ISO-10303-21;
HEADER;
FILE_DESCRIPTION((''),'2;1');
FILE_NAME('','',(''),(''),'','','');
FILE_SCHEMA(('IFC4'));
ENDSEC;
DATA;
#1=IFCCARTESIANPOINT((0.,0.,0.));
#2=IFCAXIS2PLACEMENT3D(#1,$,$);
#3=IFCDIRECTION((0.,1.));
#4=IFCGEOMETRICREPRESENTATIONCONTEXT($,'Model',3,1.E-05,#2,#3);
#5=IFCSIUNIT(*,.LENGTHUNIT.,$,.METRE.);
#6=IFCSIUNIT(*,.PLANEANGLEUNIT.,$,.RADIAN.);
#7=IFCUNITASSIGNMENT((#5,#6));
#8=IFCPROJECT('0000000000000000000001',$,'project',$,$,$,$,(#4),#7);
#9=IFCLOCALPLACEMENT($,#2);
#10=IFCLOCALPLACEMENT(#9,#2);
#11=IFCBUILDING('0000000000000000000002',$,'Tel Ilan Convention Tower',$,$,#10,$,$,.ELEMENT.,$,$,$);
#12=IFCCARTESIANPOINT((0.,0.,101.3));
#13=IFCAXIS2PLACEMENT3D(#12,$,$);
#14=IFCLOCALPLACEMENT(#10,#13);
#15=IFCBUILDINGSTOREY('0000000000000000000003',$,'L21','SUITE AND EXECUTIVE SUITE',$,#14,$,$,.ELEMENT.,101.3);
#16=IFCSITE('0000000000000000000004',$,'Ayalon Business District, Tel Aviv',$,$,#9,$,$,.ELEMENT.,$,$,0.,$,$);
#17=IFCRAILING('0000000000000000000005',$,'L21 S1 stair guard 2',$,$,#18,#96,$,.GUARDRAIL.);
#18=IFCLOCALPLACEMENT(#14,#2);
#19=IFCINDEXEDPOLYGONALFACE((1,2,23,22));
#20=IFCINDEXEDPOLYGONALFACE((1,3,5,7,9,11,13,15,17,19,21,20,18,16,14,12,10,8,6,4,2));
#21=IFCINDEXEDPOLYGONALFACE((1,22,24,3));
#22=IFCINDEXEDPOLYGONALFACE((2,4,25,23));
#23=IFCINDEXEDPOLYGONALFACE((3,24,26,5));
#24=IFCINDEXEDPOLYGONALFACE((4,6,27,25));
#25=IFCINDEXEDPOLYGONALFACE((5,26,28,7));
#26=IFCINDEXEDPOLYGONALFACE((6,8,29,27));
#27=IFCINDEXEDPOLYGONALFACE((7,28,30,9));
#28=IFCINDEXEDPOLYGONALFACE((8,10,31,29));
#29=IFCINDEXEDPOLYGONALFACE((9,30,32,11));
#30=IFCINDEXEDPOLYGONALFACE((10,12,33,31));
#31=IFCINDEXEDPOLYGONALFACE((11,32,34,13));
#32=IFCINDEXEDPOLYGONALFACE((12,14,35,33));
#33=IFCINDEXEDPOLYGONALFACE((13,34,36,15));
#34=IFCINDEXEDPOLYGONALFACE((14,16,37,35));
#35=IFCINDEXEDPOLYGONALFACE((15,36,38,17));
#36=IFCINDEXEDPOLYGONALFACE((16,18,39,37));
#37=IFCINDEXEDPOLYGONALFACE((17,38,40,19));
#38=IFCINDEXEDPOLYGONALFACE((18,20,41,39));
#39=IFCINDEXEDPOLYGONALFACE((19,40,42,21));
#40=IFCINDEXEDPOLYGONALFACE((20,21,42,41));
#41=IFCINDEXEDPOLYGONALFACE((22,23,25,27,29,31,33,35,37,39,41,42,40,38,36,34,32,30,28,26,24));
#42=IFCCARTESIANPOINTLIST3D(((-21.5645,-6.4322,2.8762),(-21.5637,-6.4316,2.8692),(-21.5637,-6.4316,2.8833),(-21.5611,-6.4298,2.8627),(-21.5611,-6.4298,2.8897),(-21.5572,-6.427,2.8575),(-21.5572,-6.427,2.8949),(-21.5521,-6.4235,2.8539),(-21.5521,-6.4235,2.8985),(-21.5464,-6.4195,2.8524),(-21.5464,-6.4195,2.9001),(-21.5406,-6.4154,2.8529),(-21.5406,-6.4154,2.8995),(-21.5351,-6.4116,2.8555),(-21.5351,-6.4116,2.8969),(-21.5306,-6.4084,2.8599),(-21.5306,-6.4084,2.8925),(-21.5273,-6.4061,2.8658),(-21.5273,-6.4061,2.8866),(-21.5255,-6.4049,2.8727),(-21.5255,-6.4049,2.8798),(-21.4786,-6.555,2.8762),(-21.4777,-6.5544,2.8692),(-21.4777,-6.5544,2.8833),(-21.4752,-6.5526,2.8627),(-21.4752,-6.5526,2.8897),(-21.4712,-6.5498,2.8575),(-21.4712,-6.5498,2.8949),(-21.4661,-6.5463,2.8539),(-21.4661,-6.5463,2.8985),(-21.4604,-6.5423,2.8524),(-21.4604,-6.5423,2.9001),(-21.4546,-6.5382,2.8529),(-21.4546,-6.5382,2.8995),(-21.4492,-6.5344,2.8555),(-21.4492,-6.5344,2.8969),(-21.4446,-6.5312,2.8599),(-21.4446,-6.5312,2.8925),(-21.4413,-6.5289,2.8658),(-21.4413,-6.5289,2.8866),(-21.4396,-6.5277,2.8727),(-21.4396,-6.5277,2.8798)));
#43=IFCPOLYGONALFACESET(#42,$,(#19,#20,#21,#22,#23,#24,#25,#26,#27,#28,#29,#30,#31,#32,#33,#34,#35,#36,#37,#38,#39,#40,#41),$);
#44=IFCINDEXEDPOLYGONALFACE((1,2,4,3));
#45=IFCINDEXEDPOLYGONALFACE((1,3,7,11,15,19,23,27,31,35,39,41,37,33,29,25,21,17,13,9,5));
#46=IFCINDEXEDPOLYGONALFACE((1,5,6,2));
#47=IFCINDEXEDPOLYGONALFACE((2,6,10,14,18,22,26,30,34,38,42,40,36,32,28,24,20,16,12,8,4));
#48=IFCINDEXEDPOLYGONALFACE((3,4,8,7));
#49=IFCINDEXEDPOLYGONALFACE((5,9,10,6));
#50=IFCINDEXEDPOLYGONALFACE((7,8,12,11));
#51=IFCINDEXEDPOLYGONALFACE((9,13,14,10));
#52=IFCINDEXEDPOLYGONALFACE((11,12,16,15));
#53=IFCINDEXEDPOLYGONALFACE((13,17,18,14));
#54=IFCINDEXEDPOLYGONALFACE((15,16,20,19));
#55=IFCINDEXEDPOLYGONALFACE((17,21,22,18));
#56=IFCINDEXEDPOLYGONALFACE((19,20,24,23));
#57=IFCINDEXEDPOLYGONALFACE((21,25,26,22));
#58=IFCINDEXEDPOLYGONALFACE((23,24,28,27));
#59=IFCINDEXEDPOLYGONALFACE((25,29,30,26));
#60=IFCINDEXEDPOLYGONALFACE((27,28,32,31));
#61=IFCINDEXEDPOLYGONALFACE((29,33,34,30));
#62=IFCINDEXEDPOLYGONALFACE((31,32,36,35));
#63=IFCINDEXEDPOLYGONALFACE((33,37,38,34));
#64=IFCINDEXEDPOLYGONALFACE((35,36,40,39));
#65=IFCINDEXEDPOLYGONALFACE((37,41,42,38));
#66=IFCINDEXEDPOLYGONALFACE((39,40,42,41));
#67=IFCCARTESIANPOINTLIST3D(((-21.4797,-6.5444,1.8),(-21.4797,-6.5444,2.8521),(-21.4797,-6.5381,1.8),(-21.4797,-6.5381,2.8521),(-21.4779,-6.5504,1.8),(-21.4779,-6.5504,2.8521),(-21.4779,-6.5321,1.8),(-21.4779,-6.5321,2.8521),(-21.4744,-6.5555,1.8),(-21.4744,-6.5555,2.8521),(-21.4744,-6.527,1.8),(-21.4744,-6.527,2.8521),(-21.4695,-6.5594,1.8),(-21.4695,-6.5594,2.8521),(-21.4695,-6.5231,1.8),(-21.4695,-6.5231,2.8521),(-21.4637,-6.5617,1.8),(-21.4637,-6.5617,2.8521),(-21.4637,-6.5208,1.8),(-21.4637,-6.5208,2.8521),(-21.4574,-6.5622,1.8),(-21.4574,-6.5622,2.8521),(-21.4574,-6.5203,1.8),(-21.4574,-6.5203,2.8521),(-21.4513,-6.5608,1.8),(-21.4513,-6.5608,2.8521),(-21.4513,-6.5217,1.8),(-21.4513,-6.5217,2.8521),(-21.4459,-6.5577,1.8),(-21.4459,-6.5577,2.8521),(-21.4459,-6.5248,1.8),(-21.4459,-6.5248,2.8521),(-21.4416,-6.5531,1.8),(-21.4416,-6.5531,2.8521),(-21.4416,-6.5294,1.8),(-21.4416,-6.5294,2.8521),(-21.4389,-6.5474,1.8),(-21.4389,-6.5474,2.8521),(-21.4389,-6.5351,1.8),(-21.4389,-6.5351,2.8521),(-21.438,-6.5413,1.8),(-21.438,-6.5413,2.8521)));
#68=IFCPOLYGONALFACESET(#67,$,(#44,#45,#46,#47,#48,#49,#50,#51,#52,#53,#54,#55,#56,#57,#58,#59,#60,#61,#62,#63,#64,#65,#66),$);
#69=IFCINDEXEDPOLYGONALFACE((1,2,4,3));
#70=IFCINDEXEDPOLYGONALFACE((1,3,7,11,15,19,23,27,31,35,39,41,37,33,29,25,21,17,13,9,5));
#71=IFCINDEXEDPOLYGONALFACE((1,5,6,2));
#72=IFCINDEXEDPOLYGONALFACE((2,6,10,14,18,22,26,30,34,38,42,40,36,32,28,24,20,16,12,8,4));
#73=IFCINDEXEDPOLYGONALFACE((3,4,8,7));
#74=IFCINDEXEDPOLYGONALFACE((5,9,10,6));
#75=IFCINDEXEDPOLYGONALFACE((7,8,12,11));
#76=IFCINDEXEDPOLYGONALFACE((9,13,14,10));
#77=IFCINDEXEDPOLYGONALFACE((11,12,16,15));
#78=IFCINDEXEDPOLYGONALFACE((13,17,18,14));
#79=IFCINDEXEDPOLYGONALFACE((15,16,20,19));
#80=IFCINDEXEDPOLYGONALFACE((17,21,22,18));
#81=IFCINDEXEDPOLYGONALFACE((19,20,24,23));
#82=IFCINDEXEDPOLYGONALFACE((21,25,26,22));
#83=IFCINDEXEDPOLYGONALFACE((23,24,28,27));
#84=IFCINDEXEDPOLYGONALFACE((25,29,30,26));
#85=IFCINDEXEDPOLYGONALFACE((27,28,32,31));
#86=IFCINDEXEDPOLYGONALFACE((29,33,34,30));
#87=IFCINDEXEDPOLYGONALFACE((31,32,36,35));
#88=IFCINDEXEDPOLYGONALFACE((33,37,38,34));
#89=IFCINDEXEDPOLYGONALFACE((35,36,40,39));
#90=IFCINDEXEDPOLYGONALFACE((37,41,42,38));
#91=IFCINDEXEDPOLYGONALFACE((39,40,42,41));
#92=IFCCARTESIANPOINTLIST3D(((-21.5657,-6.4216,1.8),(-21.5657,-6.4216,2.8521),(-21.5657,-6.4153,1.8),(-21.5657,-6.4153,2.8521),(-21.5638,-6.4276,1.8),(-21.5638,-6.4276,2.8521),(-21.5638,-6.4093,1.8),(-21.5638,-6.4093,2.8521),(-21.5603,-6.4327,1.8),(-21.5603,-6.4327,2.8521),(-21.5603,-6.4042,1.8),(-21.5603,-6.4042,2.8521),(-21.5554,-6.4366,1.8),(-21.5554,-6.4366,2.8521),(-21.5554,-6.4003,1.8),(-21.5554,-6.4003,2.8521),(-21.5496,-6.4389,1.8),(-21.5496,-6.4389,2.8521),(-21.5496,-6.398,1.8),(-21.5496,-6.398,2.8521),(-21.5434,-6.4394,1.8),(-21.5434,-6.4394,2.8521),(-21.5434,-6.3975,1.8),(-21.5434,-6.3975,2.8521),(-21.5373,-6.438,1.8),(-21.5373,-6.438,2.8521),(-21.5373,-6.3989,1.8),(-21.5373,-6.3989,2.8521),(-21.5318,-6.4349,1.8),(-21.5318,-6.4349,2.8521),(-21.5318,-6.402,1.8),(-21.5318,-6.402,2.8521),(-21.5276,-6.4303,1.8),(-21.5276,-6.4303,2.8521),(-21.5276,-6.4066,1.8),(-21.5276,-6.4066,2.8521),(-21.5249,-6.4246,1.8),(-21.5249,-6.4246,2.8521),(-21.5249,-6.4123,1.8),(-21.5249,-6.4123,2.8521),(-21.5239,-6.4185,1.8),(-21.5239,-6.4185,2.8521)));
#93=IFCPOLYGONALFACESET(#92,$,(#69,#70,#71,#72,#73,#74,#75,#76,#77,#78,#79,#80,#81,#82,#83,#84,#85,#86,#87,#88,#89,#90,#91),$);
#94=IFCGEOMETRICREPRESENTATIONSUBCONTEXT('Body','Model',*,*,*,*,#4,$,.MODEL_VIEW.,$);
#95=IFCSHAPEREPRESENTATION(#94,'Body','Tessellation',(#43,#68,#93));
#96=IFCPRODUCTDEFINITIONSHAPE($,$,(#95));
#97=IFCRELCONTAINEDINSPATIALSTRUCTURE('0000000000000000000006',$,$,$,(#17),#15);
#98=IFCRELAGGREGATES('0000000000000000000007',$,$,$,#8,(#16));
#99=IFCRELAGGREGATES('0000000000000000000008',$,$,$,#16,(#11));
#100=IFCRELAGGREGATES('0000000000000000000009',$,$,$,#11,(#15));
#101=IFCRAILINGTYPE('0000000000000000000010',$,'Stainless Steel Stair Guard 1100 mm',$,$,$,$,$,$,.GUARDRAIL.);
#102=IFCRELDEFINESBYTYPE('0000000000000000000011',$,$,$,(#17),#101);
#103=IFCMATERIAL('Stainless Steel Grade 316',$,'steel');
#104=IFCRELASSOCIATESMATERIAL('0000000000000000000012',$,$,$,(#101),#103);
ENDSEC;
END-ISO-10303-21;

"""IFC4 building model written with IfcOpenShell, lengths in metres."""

from ifc_helpers import new_model, si_unit, direction, frame, origin, origin_2d, place, context, subcontext, project, spatial, circle, extrude, material, type_object, element, save


model = new_model("IFC4")

# Units and contexts
model_context = context("Model", 3, precision=1e-05, world=origin(), true_north=direction((0.0, 1.0)))
body_context = subcontext(model_context, "Body", "Model", "MODEL_VIEW")
ifc_project = project(units=[si_unit("LENGTHUNIT", "METRE"), si_unit("PLANEANGLEUNIT", "RADIAN")], contexts=[model_context])

# Site, building, storey
site_placement = place(None, origin())
site = spatial("IfcSite", under=ifc_project, at=site_placement, Name="Ayalon Business District, Tel Aviv", CompositionType="ELEMENT", RefElevation=0.0)
building_placement = place(site_placement, origin())
building = spatial("IfcBuilding", under=site, at=building_placement, Name="Tel Ilan Convention Tower", CompositionType="ELEMENT")
storey_placement = place(building_placement, frame((0.0, 0.0, 101.3)))
storey = spatial("IfcBuildingStorey", under=building, at=storey_placement, Name="L21", Description="SUITE AND EXECUTIVE SUITE", CompositionType="ELEMENT", Elevation=101.3)

# Railing
ifc_material_1 = material(Name="Stainless Steel Grade 316", Category="steel")
railing_type_1 = type_object("IfcRailingType", Name="Stainless Steel Stair Guard 1100 mm", PredefinedType="GUARDRAIL", material=ifc_material_1)
railing_1_placement = place(storey_placement, frame((-21.459, -6.5413, 1.8)))
element("IfcRailing", 1, at=railing_1_placement, inside=storey, type_object=railing_type_1, Name="L21 S1 stair guard 2", PredefinedType="GUARDRAIL", context=body_context, shape_type="SweptSolid", body=[
    extrude(circle(Radius=0.0239, at=origin_2d()), frame((0.0, 0.0, 1.0762), z_axis=(-0.573353, 0.819308, 0.0), x_axis=(-0.819308, -0.573353, 0.0)), (0.0, 0.0, 1.0), 0.1499),
    extrude(circle(Radius=0.021, at=origin_2d()), origin(), (0.0, 0.0, 1.0), 1.052),
    extrude(circle(Radius=0.021, at=origin_2d()), frame((-0.0859, 0.1228, 0.0)), (0.0, 0.0, 1.0), 1.052),
])

save(model, "model.ifc")
